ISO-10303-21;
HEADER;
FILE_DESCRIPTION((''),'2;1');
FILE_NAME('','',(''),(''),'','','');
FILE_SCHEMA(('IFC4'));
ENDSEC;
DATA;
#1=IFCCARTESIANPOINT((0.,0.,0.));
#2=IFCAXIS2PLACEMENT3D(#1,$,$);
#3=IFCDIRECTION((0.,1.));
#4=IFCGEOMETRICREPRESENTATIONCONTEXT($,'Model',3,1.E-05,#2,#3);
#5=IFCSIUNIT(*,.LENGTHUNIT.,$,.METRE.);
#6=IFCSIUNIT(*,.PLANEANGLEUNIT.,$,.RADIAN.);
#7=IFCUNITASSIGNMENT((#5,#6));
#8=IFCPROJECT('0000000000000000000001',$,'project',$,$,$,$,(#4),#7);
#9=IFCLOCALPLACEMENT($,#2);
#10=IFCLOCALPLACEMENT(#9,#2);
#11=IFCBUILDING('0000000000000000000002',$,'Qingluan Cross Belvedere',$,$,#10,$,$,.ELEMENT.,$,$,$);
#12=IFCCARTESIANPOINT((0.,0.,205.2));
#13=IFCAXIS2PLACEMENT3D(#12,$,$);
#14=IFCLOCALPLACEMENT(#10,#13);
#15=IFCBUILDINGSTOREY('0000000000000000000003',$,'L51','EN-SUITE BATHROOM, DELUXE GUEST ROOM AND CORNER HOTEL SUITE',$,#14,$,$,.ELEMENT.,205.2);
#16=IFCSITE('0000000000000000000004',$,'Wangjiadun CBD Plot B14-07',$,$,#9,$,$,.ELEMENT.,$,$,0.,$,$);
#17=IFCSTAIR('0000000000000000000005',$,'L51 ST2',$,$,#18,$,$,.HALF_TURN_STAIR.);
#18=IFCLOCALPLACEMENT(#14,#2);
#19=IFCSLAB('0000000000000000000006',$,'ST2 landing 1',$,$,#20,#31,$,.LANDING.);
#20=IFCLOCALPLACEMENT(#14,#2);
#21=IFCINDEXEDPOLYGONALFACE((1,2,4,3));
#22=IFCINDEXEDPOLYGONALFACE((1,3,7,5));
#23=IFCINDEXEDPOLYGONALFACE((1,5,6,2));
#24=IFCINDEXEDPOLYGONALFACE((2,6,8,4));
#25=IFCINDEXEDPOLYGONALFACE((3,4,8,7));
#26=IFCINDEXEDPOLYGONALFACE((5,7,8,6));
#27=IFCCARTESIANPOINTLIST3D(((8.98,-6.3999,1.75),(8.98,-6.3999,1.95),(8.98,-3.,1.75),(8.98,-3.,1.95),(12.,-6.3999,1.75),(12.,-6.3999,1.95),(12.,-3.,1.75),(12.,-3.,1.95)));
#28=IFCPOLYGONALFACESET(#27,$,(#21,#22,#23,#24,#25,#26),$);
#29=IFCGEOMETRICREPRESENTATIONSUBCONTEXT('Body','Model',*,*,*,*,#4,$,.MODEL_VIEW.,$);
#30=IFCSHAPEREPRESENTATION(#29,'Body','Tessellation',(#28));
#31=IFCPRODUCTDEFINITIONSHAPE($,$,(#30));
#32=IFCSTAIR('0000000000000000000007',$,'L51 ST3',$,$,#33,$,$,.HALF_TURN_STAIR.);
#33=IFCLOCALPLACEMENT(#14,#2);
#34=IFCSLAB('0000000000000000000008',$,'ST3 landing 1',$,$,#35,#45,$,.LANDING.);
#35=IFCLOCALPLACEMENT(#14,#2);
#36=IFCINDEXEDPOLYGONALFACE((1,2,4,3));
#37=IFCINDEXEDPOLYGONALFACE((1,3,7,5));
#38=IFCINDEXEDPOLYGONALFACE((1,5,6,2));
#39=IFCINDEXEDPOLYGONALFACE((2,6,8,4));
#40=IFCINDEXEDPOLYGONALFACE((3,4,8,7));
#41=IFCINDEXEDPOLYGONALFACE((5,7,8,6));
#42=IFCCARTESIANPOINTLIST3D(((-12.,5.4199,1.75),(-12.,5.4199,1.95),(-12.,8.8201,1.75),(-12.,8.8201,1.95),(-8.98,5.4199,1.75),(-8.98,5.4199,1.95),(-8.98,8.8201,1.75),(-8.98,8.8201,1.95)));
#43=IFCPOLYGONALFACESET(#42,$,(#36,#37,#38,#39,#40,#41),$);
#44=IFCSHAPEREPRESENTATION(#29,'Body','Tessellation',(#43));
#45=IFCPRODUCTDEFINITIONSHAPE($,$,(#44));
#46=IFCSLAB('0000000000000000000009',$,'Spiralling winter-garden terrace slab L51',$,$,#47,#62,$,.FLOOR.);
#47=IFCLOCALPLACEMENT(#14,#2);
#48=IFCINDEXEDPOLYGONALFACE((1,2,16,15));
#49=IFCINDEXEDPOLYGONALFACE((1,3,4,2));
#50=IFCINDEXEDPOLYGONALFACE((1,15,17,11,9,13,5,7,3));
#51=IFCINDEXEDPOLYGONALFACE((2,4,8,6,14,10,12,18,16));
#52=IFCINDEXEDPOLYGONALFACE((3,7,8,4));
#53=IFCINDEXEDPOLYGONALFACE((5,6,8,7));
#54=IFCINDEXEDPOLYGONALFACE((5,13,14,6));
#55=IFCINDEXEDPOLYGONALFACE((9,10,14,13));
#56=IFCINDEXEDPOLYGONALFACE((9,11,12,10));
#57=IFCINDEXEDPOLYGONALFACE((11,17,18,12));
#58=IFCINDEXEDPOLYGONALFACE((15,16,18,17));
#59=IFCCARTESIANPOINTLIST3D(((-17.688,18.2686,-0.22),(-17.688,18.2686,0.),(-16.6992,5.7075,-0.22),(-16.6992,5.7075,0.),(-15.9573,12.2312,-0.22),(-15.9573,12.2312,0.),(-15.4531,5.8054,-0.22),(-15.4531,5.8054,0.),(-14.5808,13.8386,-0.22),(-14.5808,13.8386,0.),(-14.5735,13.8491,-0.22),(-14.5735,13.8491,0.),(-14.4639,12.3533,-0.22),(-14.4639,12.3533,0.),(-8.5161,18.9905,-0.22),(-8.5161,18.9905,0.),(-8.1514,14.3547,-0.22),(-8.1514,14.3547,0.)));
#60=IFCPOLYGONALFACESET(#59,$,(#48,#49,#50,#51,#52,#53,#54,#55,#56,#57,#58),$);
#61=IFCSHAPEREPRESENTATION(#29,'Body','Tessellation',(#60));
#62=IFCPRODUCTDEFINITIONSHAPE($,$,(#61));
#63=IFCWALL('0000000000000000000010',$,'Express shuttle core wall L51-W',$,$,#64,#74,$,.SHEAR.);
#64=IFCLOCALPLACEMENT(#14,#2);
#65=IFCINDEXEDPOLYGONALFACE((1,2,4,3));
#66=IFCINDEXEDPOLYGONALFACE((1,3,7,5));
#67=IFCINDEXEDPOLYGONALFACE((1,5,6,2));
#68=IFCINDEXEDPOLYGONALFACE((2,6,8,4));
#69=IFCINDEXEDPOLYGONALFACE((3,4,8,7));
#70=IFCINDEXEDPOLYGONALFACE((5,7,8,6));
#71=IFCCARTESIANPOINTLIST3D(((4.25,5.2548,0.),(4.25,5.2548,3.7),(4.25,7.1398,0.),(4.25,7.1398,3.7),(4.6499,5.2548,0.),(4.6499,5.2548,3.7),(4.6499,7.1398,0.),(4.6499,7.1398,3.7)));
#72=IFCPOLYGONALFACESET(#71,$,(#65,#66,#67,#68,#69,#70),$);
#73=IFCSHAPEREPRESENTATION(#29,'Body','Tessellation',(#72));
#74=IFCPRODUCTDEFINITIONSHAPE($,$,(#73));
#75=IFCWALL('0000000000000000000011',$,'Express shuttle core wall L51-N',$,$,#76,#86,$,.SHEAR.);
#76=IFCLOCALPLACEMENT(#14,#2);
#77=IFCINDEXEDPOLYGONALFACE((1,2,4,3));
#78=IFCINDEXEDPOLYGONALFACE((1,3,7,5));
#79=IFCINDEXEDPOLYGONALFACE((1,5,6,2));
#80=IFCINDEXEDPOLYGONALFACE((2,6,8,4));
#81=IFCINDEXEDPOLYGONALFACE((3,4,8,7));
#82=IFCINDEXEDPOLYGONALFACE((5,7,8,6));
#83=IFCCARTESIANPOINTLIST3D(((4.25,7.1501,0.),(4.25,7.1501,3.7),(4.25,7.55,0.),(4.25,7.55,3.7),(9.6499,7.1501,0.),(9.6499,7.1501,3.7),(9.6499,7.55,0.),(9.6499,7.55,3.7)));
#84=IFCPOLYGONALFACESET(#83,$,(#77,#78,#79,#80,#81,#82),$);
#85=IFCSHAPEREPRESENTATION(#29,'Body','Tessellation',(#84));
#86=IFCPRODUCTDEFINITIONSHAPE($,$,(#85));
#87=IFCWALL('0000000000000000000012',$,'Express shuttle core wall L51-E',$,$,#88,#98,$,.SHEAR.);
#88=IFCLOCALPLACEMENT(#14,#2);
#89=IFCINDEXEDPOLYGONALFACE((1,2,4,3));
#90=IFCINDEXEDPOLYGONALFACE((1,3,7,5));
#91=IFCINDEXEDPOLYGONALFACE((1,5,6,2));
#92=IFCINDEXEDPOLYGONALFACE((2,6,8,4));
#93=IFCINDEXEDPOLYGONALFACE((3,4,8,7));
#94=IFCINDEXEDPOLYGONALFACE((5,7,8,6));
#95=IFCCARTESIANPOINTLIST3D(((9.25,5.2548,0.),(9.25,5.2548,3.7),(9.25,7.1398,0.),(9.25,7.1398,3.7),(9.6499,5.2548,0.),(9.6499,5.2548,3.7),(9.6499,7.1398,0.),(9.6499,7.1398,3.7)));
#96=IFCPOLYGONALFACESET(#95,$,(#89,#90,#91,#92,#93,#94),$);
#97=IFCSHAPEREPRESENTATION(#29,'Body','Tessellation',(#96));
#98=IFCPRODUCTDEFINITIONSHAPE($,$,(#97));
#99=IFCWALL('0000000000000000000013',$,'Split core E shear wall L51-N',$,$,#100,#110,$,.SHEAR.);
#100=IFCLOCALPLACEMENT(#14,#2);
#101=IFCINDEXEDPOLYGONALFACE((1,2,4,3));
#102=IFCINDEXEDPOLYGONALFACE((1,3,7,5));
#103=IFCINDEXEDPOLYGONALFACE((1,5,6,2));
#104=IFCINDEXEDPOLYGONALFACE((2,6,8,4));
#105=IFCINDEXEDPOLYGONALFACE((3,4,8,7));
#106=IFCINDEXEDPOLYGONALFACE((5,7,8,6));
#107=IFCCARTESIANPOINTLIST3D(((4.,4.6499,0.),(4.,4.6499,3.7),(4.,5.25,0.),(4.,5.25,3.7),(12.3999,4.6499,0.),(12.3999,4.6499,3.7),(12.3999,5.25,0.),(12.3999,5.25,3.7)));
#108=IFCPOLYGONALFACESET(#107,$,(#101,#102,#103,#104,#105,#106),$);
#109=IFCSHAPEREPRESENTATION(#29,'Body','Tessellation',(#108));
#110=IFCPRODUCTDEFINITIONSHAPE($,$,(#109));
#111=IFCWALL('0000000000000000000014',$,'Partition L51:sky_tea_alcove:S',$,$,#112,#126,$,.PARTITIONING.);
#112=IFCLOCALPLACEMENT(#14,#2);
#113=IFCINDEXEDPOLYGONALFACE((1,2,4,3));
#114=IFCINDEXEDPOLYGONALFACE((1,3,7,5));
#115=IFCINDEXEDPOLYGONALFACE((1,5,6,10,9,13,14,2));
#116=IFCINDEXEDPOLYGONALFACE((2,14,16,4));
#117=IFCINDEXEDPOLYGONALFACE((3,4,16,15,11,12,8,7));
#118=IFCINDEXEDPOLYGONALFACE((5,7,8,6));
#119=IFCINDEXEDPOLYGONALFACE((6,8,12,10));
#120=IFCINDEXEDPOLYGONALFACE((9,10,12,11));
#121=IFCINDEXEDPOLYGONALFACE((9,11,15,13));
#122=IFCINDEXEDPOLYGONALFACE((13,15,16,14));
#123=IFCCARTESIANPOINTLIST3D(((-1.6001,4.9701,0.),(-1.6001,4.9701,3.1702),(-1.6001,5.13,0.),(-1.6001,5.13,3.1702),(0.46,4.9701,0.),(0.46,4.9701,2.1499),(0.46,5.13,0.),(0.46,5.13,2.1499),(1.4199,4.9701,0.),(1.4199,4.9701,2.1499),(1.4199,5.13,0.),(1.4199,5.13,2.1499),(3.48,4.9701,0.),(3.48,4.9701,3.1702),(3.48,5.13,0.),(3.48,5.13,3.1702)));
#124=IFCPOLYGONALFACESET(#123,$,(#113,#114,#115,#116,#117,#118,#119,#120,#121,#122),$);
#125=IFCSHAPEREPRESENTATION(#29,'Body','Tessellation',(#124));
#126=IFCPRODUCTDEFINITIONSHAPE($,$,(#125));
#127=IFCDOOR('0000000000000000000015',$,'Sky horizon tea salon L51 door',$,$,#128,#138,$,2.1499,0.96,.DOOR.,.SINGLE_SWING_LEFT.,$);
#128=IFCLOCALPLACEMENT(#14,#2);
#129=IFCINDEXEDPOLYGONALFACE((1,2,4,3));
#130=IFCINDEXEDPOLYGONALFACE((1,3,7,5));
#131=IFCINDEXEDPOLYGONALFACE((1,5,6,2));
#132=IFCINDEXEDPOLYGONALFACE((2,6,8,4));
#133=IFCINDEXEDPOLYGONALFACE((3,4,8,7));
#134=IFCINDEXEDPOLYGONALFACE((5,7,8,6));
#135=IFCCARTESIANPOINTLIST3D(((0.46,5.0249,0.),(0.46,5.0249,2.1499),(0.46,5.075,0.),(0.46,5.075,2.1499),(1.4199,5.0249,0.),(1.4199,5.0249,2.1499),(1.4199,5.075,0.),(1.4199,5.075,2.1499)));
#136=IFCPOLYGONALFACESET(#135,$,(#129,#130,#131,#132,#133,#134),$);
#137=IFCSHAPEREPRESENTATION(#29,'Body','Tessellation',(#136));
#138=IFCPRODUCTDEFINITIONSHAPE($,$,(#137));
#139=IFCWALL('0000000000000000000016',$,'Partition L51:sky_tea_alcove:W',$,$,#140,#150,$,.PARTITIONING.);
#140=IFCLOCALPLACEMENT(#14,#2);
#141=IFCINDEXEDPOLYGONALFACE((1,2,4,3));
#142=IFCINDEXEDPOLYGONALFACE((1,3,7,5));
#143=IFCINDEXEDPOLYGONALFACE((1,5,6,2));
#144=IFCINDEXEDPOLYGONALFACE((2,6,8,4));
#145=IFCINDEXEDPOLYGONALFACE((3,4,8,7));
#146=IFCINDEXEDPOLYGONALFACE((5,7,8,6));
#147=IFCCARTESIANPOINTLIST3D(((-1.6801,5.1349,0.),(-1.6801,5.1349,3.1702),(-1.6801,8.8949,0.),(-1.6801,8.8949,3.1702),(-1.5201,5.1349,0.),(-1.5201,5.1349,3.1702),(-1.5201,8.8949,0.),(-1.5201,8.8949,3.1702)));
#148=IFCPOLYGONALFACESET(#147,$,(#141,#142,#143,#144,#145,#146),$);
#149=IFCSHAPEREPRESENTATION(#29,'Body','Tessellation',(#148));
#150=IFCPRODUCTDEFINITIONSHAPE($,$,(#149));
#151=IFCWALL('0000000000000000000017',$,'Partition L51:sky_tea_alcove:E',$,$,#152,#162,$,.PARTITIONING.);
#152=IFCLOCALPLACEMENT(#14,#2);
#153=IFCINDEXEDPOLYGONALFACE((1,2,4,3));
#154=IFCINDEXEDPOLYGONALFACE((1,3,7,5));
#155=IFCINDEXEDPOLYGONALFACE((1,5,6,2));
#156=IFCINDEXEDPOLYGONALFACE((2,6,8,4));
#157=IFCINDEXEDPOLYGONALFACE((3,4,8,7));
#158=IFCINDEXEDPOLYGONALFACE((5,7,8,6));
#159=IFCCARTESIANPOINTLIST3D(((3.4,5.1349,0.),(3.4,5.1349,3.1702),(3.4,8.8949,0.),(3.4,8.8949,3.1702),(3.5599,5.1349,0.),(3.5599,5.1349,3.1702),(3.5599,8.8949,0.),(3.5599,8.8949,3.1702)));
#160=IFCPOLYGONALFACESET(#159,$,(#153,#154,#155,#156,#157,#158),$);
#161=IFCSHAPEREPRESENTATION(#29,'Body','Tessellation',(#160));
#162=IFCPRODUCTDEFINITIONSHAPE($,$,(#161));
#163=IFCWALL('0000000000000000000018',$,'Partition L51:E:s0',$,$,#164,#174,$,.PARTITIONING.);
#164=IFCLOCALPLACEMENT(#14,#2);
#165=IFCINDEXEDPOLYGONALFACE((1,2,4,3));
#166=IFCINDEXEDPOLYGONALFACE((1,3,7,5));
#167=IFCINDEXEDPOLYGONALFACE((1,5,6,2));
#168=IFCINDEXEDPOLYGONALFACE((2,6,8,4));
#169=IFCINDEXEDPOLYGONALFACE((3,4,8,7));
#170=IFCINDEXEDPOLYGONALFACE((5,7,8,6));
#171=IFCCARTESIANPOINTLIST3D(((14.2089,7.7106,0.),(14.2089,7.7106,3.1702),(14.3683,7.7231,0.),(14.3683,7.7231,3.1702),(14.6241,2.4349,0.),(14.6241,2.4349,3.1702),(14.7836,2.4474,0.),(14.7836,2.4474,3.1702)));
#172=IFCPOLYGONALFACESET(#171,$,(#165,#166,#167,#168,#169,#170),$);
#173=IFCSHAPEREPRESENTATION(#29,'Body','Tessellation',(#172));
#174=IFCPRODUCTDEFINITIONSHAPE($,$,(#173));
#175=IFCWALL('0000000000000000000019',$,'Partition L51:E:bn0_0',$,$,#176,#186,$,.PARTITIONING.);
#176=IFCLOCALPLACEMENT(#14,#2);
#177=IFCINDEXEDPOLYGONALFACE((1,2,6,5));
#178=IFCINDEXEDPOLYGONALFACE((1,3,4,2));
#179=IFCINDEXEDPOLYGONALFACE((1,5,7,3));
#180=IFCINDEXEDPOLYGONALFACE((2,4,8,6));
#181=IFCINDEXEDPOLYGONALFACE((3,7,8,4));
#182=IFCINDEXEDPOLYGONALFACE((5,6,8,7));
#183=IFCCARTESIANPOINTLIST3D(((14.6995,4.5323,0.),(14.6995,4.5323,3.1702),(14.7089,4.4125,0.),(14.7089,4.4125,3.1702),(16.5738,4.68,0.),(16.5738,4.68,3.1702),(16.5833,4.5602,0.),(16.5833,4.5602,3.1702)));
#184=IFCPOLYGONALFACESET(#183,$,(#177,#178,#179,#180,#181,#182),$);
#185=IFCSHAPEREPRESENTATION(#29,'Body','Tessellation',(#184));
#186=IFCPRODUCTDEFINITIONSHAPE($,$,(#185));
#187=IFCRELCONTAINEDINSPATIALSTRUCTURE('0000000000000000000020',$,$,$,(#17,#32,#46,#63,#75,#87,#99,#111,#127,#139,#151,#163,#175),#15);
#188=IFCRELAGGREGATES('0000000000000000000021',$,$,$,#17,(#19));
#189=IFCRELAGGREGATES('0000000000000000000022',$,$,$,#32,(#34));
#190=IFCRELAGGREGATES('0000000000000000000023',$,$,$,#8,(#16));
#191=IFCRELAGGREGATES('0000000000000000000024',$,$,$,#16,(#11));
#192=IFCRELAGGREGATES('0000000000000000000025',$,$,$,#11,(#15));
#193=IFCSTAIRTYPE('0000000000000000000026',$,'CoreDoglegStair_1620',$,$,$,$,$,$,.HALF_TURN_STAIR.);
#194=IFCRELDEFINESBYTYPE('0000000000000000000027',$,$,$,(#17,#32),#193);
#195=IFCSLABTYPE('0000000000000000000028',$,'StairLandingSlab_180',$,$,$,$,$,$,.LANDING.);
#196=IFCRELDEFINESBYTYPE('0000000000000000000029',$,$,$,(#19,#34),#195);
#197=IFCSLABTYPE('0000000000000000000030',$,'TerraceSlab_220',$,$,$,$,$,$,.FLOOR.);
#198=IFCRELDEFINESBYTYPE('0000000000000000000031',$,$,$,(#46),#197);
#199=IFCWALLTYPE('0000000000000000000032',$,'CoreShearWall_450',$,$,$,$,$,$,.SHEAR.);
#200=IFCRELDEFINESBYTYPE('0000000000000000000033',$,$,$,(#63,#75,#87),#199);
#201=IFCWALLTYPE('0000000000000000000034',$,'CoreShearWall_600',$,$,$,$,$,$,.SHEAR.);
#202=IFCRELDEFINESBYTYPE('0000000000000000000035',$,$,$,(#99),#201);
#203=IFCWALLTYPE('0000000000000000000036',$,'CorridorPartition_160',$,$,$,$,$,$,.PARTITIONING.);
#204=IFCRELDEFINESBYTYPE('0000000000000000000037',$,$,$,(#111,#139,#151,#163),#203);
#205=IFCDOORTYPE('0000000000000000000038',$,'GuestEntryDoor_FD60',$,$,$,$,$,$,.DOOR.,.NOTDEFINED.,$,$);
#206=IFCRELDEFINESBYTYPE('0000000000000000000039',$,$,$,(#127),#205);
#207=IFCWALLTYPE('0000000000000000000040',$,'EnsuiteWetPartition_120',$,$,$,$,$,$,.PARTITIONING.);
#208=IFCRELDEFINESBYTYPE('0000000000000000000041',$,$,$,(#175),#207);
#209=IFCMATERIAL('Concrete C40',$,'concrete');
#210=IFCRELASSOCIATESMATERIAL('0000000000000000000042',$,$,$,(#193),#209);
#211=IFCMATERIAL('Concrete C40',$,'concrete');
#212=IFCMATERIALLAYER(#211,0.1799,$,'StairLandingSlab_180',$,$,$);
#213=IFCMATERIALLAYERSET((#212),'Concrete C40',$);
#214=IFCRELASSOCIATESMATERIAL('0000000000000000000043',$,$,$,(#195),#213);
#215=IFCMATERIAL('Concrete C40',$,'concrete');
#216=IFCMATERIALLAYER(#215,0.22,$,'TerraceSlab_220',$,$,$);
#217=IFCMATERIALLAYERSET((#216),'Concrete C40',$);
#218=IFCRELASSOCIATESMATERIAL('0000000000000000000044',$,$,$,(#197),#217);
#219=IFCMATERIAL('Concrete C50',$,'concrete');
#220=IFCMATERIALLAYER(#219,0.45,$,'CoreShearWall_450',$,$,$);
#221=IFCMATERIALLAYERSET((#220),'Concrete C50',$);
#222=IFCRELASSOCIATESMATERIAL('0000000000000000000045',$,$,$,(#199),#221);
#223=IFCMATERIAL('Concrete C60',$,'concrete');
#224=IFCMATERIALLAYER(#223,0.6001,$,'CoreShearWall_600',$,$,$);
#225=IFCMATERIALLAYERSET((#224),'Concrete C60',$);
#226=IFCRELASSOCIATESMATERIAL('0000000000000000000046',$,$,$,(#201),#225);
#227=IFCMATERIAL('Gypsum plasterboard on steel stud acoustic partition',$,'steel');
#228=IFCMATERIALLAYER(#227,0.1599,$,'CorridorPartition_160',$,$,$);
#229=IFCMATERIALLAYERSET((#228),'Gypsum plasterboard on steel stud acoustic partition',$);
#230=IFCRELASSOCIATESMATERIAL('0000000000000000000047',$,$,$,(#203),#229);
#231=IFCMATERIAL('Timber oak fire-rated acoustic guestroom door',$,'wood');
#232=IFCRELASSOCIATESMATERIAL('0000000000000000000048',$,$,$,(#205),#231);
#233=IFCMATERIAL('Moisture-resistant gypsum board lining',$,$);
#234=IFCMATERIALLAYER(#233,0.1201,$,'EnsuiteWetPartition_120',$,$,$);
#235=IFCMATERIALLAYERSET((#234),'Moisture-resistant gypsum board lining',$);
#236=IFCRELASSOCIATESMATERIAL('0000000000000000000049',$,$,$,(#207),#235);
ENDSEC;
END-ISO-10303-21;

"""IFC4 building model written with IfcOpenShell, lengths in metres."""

from ifc_helpers import new_model, si_unit, direction, frame, frame_2d, origin, place, context, subcontext, project, spatial, polyline, rectangle, outline, extrude, material, layer, layer_set, type_object, element, fill, aggregate, save


model = new_model("IFC4")

# Units and contexts
model_context = context("Model", 3, precision=1e-05, world=origin(), true_north=direction((0.0, 1.0)))
body_context = subcontext(model_context, "Body", "Model", "MODEL_VIEW")
ifc_project = project(units=[si_unit("LENGTHUNIT", "METRE"), si_unit("PLANEANGLEUNIT", "RADIAN")], contexts=[model_context])

# Site, building, storey
site_placement = place(None, origin())
site = spatial("IfcSite", under=ifc_project, at=site_placement, Name="Wangjiadun CBD Plot B14-07", CompositionType="ELEMENT", RefElevation=0.0)
building_placement = place(site_placement, origin())
building = spatial("IfcBuilding", under=site, at=building_placement, Name="Qingluan Cross Belvedere", CompositionType="ELEMENT")
storey_placement = place(building_placement, frame((0.0, 0.0, 205.2)))
storey = spatial("IfcBuildingStorey", under=building, at=storey_placement, Name="L51", Description="EN-SUITE BATHROOM, DELUXE GUEST ROOM AND CORNER HOTEL SUITE", CompositionType="ELEMENT", Elevation=205.2)

# Stairs, slabs
ifc_material_1 = material(Name="Concrete C40", Category="concrete")
stair_type = type_object("IfcStairType", Name="CoreDoglegStair_1620", PredefinedType="HALF_TURN_STAIR", material=ifc_material_1)
ifc_material_2 = material(Name="Concrete C40", Category="concrete")
ifc_layer_1 = layer(ifc_material_2, 0.1799, Name="StairLandingSlab_180")
ifc_layer_set_1 = layer_set([ifc_layer_1], Name="Concrete C40")
slab_type_1 = type_object("IfcSlabType", Name="StairLandingSlab_180", PredefinedType="LANDING", material=ifc_layer_set_1)
stair_1_placement = place(storey_placement, origin())
stair_1 = element("IfcStair", 1, at=stair_1_placement, inside=storey, type_object=stair_type, Name="L51 ST2", PredefinedType="HALF_TURN_STAIR")
slab_1_placement = place(storey_placement, frame((0.0, 0.0, 1.75)))
slab_1 = element("IfcSlab", 2, at=slab_1_placement, type_object=slab_type_1, Name="ST2 landing 1", PredefinedType="LANDING", context=body_context, shape_type="SweptSolid", body=[
    extrude(outline(polyline([(8.98, -6.3999), (12.0, -6.3999), (12.0, -3.0), (8.98, -3.0), (8.98, -6.3999)])), origin(), (0.0, 0.0, 1.0), 0.2),
])
aggregate(stair_1, [slab_1])
stair_2_placement = place(storey_placement, origin())
stair_2 = element("IfcStair", 3, at=stair_2_placement, inside=storey, type_object=stair_type, Name="L51 ST3", PredefinedType="HALF_TURN_STAIR")
slab_2_placement = place(storey_placement, frame((0.0, 0.0, 1.75)))
slab_2 = element("IfcSlab", 4, at=slab_2_placement, type_object=slab_type_1, Name="ST3 landing 1", PredefinedType="LANDING", context=body_context, shape_type="SweptSolid", body=[
    extrude(outline(polyline([(-8.98, 8.8201), (-12.0, 8.8201), (-12.0, 5.4199), (-8.98, 5.4199), (-8.98, 8.8201)])), origin(), (0.0, 0.0, 1.0), 0.2),
])
aggregate(stair_2, [slab_2])

# Slab
ifc_material_3 = material(Name="Concrete C40", Category="concrete")
ifc_layer_2 = layer(ifc_material_3, 0.22, Name="TerraceSlab_220")
ifc_layer_set_2 = layer_set([ifc_layer_2], Name="Concrete C40")
slab_type_2 = type_object("IfcSlabType", Name="TerraceSlab_220", PredefinedType="FLOOR", material=ifc_layer_set_2)
slab_3_placement = place(storey_placement, frame((0.0, 0.0, -0.22)))
element("IfcSlab", 5, at=slab_3_placement, inside=storey, type_object=slab_type_2, Name="Spiralling winter-garden terrace slab L51", PredefinedType="FLOOR", context=body_context, shape_type="SweptSolid", body=[
    extrude(outline(polyline([(-15.4531, 5.8054), (-15.9573, 12.2312), (-14.4639, 12.3533), (-14.5808, 13.8386), (-14.5735, 13.8491), (-8.1514, 14.3547), (-8.5161, 18.9905), (-17.688, 18.2686), (-16.6992, 5.7075), (-15.4531, 5.8054)])), origin(), (0.0, 0.0, 1.0), 0.22),
])

# Walls
ifc_material_4 = material(Name="Concrete C50", Category="concrete")
ifc_layer_3 = layer(ifc_material_4, 0.45, Name="CoreShearWall_450")
ifc_layer_set_3 = layer_set([ifc_layer_3], Name="Concrete C50")
wall_type_1 = type_object("IfcWallType", Name="CoreShearWall_450", PredefinedType="SHEAR", material=ifc_layer_set_3)
wall_1_placement = place(storey_placement, frame((4.45, 5.2549, 0.0), z_axis=(0.0, 0.0, 1.0), x_axis=(0.0, 1.0, 0.0)))
element("IfcWall", 6, at=wall_1_placement, inside=storey, type_object=wall_type_1, Name="Express shuttle core wall L51-W", PredefinedType="SHEAR", context=body_context, shape_type="SweptSolid", body=[
    extrude(rectangle(XDim=1.885, YDim=0.3999, at=frame_2d((0.9424, 0.0))), origin(), (0.0, 0.0, 1.0), 3.7),
])
wall_2_placement = place(storey_placement, frame((4.25, 7.3501, 0.0), z_axis=(0.0, 0.0, 1.0), x_axis=(1.0, 0.0, 0.0)))
element("IfcWall", 7, at=wall_2_placement, inside=storey, type_object=wall_type_1, Name="Express shuttle core wall L51-N", PredefinedType="SHEAR", context=body_context, shape_type="SweptSolid", body=[
    extrude(rectangle(XDim=5.3999, YDim=0.3999, at=frame_2d((2.7, 0.0))), origin(), (0.0, 0.0, 1.0), 3.7),
])
wall_3_placement = place(storey_placement, frame((9.45, 5.2549, 0.0), z_axis=(0.0, 0.0, 1.0), x_axis=(0.0, 1.0, 0.0)))
element("IfcWall", 8, at=wall_3_placement, inside=storey, type_object=wall_type_1, Name="Express shuttle core wall L51-E", PredefinedType="SHEAR", context=body_context, shape_type="SweptSolid", body=[
    extrude(rectangle(XDim=1.885, YDim=0.3999, at=frame_2d((0.9424, 0.0))), origin(), (0.0, 0.0, 1.0), 3.7),
])
ifc_material_5 = material(Name="Concrete C60", Category="concrete")
ifc_layer_4 = layer(ifc_material_5, 0.6001, Name="CoreShearWall_600")
ifc_layer_set_4 = layer_set([ifc_layer_4], Name="Concrete C60")
wall_type_2 = type_object("IfcWallType", Name="CoreShearWall_600", PredefinedType="SHEAR", material=ifc_layer_set_4)
wall_4_placement = place(storey_placement, frame((4.0, 4.95, 0.0), z_axis=(0.0, 0.0, 1.0), x_axis=(1.0, 0.0, 0.0)))
element("IfcWall", 9, at=wall_4_placement, inside=storey, type_object=wall_type_2, Name="Split core E shear wall L51-N", PredefinedType="SHEAR", context=body_context, shape_type="SweptSolid", body=[
    extrude(rectangle(XDim=8.3999, YDim=0.6001, at=frame_2d((4.2, 0.0))), origin(), (0.0, 0.0, 1.0), 3.7),
])

# Wall, opening, door
ifc_material_6 = material(Name="Gypsum plasterboard on steel stud acoustic partition", Category="steel")
ifc_layer_5 = layer(ifc_material_6, 0.1599, Name="CorridorPartition_160")
ifc_layer_set_5 = layer_set([ifc_layer_5], Name="Gypsum plasterboard on steel stud acoustic partition")
wall_type_3 = type_object("IfcWallType", Name="CorridorPartition_160", PredefinedType="PARTITIONING", material=ifc_layer_set_5)
wall_5_placement = place(storey_placement, frame((-1.6001, 5.05, 0.0), z_axis=(0.0, 0.0, 1.0), x_axis=(1.0, 0.0, 0.0)))
wall_5 = element("IfcWall", 10, at=wall_5_placement, inside=storey, type_object=wall_type_3, Name="Partition L51:sky_tea_alcove:S", PredefinedType="PARTITIONING", context=body_context, shape_type="SweptSolid", body=[
    extrude(rectangle(XDim=5.0801, YDim=0.1599, at=frame_2d((2.54, 0.0))), origin(), (0.0, 0.0, 1.0), 3.1702),
])
opening_1_placement = place(wall_5_placement, frame((2.0601, 0.0, 0.0)))
opening_1 = element("IfcOpeningElement", 11, at=opening_1_placement, cuts=wall_5, PredefinedType="OPENING", context=body_context, shape_type="SweptSolid", body=[
    extrude(rectangle(XDim=0.96, YDim=2.1499, at=frame_2d((0.48, 1.075))), frame((0.0, 0.0898, 0.0), z_axis=(0.0, -1.0, 0.0), x_axis=(1.0, 0.0, 0.0)), (0.0, 0.0, 1.0), 0.1799),
])
ifc_material_7 = material(Name="Timber oak fire-rated acoustic guestroom door", Category="wood")
door_type_1 = type_object("IfcDoorType", Name="GuestEntryDoor_FD60", OperationType="NOTDEFINED", PredefinedType="DOOR", material=ifc_material_7)
door_1_placement = place(opening_1_placement, origin())
door_1 = element("IfcDoor", 12, at=door_1_placement, inside=storey, type_object=door_type_1, Name="Sky horizon tea salon L51 door", OperationType="SINGLE_SWING_LEFT", OverallHeight=2.1499, OverallWidth=0.96, PredefinedType="DOOR", context=body_context, shape_type="SweptSolid", body=[
    extrude(rectangle(XDim=0.96, YDim=2.1499, at=frame_2d((0.48, 1.075))), frame((0.0, 0.0249, 0.0), z_axis=(0.0, -1.0, 0.0), x_axis=(1.0, 0.0, 0.0)), (0.0, 0.0, 1.0), 0.05),
])
fill(opening_1, door_1)

# Walls
for number, where, z_axis, x_axis, name in (
    (13, (-1.6001, 5.135, 0.0), (0.0, 0.0, 1.0), (0.0, 1.0, 0.0), "Partition L51:sky_tea_alcove:W"),
    (14, (3.48, 5.135, 0.0), (0.0, 0.0, 1.0), (0.0, 1.0, 0.0), "Partition L51:sky_tea_alcove:E"),
):
    element("IfcWall", number, at=place(storey_placement, frame(where, z_axis=z_axis, x_axis=x_axis)), inside=storey, type_object=wall_type_3, Name=name, PredefinedType="PARTITIONING", context=body_context, shape_type="SweptSolid", body=[
        extrude(rectangle(XDim=3.76, YDim=0.1599, at=frame_2d((1.8799, 0.0))), origin(), (0.0, 0.0, 1.0), 3.1702),
    ])

# Walls
wall_6_placement = place(storey_placement, frame((14.7039, 2.4412, 0.0), z_axis=(0.0, 0.0, 1.0), x_axis=(-0.078474, 0.996916, 0.0)))
element("IfcWall", 15, at=wall_6_placement, inside=storey, type_object=wall_type_3, Name="Partition L51:E:s0", PredefinedType="PARTITIONING", context=body_context, shape_type="SweptSolid", body=[
    extrude(rectangle(XDim=5.292, YDim=0.1599, at=frame_2d((2.646, 0.0))), origin(), (0.0, 0.0, 1.0), 3.1702),
])
ifc_material_8 = material(Name="Moisture-resistant gypsum board lining")
ifc_layer_6 = layer(ifc_material_8, 0.1201, Name="EnsuiteWetPartition_120")
ifc_layer_set_6 = layer_set([ifc_layer_6], Name="Moisture-resistant gypsum board lining")
wall_type_4 = type_object("IfcWallType", Name="EnsuiteWetPartition_120", PredefinedType="PARTITIONING", material=ifc_layer_set_6)
wall_7_placement = place(storey_placement, frame((14.7043, 4.4724, 0.0), z_axis=(0.0, 0.0, 1.0), x_axis=(0.996909, 0.078563, 0.0)))
element("IfcWall", 16, at=wall_7_placement, inside=storey, type_object=wall_type_4, Name="Partition L51:E:bn0_0", PredefinedType="PARTITIONING", context=body_context, shape_type="SweptSolid", body=[
    extrude(rectangle(XDim=1.8801, YDim=0.1201, at=frame_2d((0.9399, 0.0))), origin(), (0.0, 0.0, 1.0), 3.1702),
])

save(model, "model.ifc")
